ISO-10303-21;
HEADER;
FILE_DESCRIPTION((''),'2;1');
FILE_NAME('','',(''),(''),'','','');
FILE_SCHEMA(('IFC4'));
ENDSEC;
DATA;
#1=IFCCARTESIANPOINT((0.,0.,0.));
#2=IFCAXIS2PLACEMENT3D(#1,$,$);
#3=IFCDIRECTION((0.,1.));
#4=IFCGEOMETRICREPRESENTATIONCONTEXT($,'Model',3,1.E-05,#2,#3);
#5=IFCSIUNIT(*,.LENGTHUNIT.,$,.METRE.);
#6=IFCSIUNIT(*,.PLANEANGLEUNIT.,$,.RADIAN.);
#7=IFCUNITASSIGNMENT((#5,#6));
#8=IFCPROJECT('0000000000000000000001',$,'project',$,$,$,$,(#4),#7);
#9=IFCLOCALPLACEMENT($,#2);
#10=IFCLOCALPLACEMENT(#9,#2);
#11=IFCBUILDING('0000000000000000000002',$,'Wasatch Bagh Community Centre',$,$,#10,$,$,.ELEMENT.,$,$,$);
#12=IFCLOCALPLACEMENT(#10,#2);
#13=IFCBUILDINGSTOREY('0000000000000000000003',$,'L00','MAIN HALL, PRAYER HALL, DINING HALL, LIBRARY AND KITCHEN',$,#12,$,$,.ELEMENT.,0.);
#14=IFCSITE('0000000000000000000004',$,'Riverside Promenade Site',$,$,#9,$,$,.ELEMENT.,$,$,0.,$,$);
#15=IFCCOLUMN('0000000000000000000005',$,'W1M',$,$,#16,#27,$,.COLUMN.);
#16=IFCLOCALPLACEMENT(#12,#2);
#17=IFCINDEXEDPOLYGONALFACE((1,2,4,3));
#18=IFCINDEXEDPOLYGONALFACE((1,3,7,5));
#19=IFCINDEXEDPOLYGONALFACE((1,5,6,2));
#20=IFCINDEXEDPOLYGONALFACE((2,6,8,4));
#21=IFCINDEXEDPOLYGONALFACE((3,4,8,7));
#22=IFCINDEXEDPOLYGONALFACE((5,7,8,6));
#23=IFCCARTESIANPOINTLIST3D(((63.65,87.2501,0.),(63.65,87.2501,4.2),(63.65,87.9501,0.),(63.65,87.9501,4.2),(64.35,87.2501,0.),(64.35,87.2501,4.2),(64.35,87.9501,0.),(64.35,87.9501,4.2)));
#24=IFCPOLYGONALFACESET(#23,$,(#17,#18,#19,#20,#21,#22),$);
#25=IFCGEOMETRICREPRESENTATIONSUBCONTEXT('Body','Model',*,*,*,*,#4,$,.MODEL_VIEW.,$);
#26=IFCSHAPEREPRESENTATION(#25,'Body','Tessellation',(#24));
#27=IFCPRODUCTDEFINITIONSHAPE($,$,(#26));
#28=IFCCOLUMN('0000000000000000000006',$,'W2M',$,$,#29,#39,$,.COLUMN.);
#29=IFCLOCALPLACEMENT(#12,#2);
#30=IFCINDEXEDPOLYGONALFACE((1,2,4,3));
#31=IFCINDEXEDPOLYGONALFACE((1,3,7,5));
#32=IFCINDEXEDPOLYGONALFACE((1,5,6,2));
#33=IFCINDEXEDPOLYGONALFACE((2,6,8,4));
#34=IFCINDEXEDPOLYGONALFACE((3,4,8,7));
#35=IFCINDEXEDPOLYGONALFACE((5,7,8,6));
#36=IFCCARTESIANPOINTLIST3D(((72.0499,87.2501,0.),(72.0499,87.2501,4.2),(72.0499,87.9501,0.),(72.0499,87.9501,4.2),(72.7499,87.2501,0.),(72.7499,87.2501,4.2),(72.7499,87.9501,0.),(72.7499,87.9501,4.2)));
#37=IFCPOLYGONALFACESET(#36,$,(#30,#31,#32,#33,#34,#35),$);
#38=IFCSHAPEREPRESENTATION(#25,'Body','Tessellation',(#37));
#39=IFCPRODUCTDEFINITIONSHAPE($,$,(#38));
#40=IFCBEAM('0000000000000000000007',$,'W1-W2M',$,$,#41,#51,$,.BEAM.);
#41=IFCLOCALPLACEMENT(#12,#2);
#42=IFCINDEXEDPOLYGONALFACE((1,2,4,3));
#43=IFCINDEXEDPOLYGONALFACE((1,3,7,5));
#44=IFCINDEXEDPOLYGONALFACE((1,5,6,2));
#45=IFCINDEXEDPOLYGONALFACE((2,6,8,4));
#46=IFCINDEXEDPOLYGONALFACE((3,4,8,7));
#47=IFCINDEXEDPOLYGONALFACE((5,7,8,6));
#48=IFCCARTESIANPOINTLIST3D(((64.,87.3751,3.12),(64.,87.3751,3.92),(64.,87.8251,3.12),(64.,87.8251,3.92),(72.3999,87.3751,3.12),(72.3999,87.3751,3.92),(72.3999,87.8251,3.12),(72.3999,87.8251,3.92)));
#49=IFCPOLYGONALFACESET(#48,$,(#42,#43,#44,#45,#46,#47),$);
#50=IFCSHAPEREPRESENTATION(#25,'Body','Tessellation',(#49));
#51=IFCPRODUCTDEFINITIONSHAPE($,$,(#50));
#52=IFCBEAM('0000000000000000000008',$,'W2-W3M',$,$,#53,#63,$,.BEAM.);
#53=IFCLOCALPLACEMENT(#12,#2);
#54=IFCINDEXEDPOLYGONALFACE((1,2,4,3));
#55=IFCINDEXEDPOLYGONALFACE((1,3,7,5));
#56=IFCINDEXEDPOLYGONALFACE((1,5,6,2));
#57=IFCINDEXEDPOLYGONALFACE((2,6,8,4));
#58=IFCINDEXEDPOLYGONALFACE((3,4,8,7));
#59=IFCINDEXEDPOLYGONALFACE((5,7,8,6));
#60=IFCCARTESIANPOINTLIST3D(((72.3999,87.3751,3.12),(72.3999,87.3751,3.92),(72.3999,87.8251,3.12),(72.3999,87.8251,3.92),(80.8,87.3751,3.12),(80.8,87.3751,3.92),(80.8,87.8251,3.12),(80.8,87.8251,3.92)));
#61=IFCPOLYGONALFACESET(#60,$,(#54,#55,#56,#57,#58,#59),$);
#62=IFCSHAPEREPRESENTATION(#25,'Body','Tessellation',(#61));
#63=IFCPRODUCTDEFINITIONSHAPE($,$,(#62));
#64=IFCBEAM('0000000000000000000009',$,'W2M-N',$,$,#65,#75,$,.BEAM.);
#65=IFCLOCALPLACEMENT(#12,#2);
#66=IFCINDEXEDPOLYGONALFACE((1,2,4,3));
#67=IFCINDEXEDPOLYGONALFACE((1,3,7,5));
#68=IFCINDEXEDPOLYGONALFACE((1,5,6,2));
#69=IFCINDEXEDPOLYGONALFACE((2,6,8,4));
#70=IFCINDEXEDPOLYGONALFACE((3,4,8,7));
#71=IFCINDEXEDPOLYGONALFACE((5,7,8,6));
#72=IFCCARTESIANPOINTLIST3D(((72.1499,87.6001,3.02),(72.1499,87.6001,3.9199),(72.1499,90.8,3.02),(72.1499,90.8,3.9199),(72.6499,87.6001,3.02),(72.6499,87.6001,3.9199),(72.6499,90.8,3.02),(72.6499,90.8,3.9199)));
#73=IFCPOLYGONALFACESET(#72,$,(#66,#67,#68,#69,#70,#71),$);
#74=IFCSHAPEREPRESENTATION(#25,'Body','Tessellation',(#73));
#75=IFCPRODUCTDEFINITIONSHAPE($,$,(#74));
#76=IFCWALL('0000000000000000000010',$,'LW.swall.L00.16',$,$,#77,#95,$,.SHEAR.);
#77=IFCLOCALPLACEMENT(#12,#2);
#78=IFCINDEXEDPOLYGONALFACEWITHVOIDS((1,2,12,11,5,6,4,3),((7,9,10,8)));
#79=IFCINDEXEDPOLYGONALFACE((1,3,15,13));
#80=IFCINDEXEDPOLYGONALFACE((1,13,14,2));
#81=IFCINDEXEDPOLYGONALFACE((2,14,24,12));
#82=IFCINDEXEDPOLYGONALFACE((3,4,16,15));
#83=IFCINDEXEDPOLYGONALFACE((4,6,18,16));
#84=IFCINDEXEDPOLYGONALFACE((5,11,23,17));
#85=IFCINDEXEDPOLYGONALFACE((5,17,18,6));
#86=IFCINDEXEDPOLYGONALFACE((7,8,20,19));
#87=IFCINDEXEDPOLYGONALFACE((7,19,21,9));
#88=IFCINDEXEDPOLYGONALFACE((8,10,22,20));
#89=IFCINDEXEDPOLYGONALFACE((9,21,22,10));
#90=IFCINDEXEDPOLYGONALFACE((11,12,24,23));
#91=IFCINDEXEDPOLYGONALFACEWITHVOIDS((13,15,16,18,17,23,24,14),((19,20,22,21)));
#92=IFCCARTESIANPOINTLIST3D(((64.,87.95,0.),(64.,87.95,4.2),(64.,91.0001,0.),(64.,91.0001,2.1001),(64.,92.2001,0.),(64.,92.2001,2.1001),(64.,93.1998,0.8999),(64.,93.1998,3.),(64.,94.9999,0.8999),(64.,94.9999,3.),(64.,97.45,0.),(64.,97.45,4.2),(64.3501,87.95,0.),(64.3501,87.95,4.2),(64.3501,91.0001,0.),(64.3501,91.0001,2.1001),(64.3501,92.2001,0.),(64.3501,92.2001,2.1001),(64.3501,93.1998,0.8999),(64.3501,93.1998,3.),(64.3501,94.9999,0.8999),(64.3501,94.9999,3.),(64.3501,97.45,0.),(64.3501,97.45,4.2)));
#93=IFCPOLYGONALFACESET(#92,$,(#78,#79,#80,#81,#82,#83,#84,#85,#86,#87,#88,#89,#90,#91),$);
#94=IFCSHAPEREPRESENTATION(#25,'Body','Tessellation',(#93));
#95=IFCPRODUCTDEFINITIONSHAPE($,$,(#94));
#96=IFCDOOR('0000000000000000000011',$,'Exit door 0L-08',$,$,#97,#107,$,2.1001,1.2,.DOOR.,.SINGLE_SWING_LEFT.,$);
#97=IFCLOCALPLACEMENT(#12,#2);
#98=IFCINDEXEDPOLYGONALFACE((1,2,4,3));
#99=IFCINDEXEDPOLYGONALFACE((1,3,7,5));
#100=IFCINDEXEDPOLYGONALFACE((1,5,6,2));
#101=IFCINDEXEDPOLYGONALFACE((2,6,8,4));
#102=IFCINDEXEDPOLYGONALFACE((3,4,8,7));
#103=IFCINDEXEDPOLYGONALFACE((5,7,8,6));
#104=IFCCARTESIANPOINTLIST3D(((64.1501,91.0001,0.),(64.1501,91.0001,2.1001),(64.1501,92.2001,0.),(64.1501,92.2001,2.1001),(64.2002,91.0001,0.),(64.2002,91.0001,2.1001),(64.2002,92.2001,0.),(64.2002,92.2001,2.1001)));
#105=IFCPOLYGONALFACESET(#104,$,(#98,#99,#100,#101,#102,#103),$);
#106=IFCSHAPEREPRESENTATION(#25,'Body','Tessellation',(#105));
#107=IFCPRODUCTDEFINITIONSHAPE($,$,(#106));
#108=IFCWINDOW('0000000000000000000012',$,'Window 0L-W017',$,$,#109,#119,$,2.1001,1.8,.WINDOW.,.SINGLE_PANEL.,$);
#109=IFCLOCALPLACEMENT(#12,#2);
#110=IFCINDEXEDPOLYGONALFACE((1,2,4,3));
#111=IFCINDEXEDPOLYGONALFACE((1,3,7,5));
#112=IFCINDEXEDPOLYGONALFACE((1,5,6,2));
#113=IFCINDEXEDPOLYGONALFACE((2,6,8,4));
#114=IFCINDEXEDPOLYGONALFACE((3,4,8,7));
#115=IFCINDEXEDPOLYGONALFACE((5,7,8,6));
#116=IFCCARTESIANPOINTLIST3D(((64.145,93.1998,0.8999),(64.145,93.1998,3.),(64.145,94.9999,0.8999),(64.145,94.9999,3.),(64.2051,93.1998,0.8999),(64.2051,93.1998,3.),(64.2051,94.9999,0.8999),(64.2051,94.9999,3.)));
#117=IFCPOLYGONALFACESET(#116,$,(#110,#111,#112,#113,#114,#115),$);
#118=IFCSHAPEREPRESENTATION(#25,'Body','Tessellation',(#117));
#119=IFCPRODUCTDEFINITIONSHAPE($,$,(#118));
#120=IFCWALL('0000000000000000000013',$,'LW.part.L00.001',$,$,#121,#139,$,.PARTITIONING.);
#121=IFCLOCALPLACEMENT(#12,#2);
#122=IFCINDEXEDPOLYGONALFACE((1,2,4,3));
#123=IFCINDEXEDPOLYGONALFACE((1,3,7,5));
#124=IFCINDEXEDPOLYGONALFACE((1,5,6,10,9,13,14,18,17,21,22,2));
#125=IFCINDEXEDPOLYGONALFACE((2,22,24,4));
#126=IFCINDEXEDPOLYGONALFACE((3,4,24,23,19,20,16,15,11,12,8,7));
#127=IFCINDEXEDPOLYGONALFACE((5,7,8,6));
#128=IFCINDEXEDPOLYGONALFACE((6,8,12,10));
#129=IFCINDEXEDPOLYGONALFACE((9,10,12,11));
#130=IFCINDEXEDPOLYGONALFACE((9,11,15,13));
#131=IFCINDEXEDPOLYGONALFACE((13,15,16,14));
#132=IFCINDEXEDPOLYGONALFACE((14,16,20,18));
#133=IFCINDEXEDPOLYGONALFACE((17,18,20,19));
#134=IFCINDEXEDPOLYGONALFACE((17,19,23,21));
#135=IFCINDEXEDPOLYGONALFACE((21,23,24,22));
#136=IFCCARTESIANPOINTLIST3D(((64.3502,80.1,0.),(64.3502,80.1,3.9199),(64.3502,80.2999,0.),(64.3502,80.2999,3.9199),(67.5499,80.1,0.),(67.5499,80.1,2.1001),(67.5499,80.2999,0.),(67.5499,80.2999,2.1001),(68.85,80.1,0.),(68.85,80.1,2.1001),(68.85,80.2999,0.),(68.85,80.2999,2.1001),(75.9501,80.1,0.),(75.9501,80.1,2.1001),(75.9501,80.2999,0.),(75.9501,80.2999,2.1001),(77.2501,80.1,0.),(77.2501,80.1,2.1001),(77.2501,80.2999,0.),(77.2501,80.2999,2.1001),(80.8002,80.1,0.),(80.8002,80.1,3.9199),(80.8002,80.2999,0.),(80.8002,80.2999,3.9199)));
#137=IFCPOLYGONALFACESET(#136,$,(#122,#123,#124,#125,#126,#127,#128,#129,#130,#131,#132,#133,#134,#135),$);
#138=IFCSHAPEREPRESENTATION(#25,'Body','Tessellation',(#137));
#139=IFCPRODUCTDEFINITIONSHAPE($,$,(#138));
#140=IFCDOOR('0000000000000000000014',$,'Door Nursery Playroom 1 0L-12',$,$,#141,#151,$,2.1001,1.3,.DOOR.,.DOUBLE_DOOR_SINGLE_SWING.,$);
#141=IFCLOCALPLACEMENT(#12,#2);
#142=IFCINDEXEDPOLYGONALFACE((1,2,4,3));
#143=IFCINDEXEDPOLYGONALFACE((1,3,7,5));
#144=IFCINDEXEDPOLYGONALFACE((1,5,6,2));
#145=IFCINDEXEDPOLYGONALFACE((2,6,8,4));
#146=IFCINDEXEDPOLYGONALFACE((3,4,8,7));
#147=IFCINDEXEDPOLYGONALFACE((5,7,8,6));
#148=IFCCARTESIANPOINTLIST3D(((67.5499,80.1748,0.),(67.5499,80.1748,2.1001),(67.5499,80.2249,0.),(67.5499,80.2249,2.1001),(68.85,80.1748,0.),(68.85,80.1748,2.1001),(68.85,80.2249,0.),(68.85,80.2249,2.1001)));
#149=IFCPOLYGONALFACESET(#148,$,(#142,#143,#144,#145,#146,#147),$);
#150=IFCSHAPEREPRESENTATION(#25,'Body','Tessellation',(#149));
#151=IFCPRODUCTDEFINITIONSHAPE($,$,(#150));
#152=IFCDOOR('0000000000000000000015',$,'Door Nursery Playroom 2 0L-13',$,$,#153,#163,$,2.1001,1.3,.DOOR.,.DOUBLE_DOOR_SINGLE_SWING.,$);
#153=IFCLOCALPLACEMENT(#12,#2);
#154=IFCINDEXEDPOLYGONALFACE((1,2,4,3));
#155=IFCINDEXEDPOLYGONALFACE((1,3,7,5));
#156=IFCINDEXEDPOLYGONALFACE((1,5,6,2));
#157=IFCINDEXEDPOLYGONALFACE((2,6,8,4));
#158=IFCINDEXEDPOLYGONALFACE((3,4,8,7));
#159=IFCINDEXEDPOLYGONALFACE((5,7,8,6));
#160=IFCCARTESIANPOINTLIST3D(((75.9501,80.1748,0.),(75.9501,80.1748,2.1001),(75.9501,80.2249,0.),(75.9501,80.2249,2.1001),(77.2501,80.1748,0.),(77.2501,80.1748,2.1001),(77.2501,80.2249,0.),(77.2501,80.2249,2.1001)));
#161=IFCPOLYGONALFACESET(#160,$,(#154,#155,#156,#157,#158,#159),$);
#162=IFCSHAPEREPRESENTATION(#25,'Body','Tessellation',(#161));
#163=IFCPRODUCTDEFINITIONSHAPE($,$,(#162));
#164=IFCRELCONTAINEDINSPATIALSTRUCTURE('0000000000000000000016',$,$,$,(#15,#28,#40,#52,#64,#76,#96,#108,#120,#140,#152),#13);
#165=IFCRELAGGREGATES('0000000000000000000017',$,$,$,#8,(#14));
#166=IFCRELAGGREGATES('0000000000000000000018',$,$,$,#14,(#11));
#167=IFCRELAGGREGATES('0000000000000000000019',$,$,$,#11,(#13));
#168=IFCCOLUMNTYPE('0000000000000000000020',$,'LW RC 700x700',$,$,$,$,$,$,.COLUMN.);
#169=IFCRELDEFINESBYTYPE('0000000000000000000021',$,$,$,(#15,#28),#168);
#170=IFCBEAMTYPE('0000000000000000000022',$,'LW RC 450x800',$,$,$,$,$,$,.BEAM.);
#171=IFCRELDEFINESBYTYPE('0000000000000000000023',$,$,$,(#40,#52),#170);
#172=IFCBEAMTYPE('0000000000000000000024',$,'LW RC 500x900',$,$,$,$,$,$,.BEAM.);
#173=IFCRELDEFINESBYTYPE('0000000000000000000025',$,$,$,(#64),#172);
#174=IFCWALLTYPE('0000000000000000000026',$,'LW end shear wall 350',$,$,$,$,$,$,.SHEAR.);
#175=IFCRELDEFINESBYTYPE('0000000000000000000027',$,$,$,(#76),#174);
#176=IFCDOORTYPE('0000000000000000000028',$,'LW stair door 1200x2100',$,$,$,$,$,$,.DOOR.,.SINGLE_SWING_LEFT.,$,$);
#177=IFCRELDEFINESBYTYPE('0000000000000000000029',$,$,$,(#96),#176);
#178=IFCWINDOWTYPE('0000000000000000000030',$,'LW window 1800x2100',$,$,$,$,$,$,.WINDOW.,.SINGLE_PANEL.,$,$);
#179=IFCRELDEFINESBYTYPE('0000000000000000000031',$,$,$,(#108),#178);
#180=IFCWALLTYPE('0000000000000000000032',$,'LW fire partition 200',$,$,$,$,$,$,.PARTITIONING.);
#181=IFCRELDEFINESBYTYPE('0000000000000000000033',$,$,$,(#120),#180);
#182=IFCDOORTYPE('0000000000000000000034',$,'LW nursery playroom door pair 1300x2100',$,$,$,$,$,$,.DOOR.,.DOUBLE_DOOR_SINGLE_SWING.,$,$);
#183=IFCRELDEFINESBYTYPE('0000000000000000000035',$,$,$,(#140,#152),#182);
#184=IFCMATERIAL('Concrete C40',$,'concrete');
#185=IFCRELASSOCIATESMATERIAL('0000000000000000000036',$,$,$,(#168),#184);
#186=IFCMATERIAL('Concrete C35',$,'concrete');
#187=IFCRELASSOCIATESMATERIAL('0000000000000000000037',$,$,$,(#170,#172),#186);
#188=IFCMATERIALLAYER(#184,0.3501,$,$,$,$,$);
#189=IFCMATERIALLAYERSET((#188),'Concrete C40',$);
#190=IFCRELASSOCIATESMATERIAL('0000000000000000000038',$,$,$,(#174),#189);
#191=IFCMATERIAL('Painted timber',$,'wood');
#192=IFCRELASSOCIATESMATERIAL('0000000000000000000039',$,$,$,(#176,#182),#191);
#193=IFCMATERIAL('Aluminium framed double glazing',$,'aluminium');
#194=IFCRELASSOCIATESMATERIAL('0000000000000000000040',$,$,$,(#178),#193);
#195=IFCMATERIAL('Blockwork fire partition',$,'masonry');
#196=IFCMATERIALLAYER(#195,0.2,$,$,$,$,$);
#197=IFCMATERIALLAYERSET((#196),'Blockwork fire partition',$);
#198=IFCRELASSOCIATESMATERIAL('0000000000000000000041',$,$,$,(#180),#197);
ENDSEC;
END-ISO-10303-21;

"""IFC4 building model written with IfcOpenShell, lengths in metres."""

from ifc_helpers import new_model, si_unit, direction, frame, frame_2d, origin, origin_2d, place, context, subcontext, project, spatial, rectangle, extrude, material, layer, layer_set, material_profile, profile_set, type_object, element, fill, save


model = new_model("IFC4")

# Units and contexts
model_context = context("Model", 3, precision=1e-05, world=origin(), true_north=direction((0.0, 1.0)))
body_context = subcontext(model_context, "Body", "Model", "MODEL_VIEW")
ifc_project = project(units=[si_unit("LENGTHUNIT", "METRE"), si_unit("PLANEANGLEUNIT", "RADIAN")], contexts=[model_context])

# Site, building, storey
site_placement = place(None, origin())
site = spatial("IfcSite", under=ifc_project, at=site_placement, Name="Riverside Promenade Site", CompositionType="ELEMENT", RefElevation=0.0)
building_placement = place(site_placement, origin())
building = spatial("IfcBuilding", under=site, at=building_placement, Name="Wasatch Bagh Community Centre", CompositionType="ELEMENT")
storey_placement = place(building_placement, origin())
storey = spatial("IfcBuildingStorey", under=building, at=storey_placement, Name="L00", Description="MAIN HALL, PRAYER HALL, DINING HALL, LIBRARY AND KITCHEN", CompositionType="ELEMENT", Elevation=0.0)

# Shared definitions
ifc_material_1 = material(Name="Concrete C35", Category="concrete")

# Columns
ifc_material_2 = material(Name="Concrete C40", Category="concrete")
ifc_material_profile_1 = material_profile(ifc_material_2, rectangle(XDim=0.7, YDim=0.7, at=origin_2d()), Name="RC 700x700")
ifc_profile_set_1 = profile_set([ifc_material_profile_1], Name="Concrete C40")
column_type = type_object("IfcColumnType", Name="LW RC 700x700", PredefinedType="COLUMN", material=ifc_profile_set_1)
for number, where, z_axis, x_axis, name in (
    (1, (64.0, 87.6001, 0.0), (0.0, 0.0, 1.0), (1.0, 0.0, 0.0), "W1M"),
    (2, (72.3999, 87.6001, 0.0), (0.0, 0.0, 1.0), (1.0, 0.0, 0.0), "W2M"),
):
    element("IfcColumn", number, at=place(storey_placement, frame(where, z_axis=z_axis, x_axis=x_axis)), inside=storey, type_object=column_type, Name=name, PredefinedType="COLUMN", context=body_context, shape_type="SweptSolid", body=[
        extrude(rectangle(XDim=0.7, YDim=0.7, at=origin_2d()), origin(), (0.0, 0.0, 1.0), 4.2),
    ])

# Beams
ifc_material_profile_2 = material_profile(ifc_material_1, rectangle(XDim=0.45, YDim=0.8, at=origin_2d()), Name="RC 450x800")
ifc_profile_set_2 = profile_set([ifc_material_profile_2], Name="Concrete C35")
beam_type_1 = type_object("IfcBeamType", Name="LW RC 450x800", PredefinedType="BEAM", material=ifc_profile_set_2)
beam_1_placement = place(storey_placement, frame((64.0, 87.6001, 3.52), z_axis=(1.0, 0.0, 0.0), x_axis=(0.0, 1.0, 0.0)))
element("IfcBeam", 3, at=beam_1_placement, inside=storey, type_object=beam_type_1, Name="W1-W2M", PredefinedType="BEAM", context=body_context, shape_type="SweptSolid", body=[
    extrude(rectangle(XDim=0.45, YDim=0.8, at=origin_2d()), origin(), (0.0, 0.0, 1.0), 8.3999),
])
beam_2_placement = place(storey_placement, frame((72.3999, 87.6001, 3.52), z_axis=(1.0, 0.0, 0.0), x_axis=(0.0, 1.0, 0.0)))
element("IfcBeam", 4, at=beam_2_placement, inside=storey, type_object=beam_type_1, Name="W2-W3M", PredefinedType="BEAM", context=body_context, shape_type="SweptSolid", body=[
    extrude(rectangle(XDim=0.45, YDim=0.8, at=origin_2d()), origin(), (0.0, 0.0, 1.0), 8.4001),
])
ifc_material_profile_3 = material_profile(ifc_material_1, rectangle(XDim=0.5, YDim=0.8999, at=origin_2d()), Name="RC 500x900")
ifc_profile_set_3 = profile_set([ifc_material_profile_3], Name="Concrete C35")
beam_type_2 = type_object("IfcBeamType", Name="LW RC 500x900", PredefinedType="BEAM", material=ifc_profile_set_3)
beam_3_placement = place(storey_placement, frame((72.3999, 87.6001, 3.47), z_axis=(0.0, 1.0, 0.0), x_axis=(-1.0, 0.0, 0.0)))
element("IfcBeam", 5, at=beam_3_placement, inside=storey, type_object=beam_type_2, Name="W2M-N", PredefinedType="BEAM", context=body_context, shape_type="SweptSolid", body=[
    extrude(rectangle(XDim=0.5, YDim=0.8999, at=origin_2d()), origin(), (0.0, 0.0, 1.0), 3.2),
])

# Wall, openings, door, window
ifc_layer_1 = layer(ifc_material_2, 0.3501)
ifc_layer_set_1 = layer_set([ifc_layer_1], Name="Concrete C40")
wall_type_1 = type_object("IfcWallType", Name="LW end shear wall 350", PredefinedType="SHEAR", material=ifc_layer_set_1)
wall_1_placement = place(storey_placement, frame((64.175, 87.95, 0.0), z_axis=(0.0, 0.0, 1.0), x_axis=(0.0, 1.0, 0.0)))
wall_1 = element("IfcWall", 6, at=wall_1_placement, inside=storey, type_object=wall_type_1, Name="LW.swall.L00.16", PredefinedType="SHEAR", context=body_context, shape_type="SweptSolid", body=[
    extrude(rectangle(XDim=9.5, YDim=0.3501, at=frame_2d((4.75, 0.0))), origin(), (0.0, 0.0, 1.0), 4.2),
])
opening_1_placement = place(wall_1_placement, frame((3.05, 0.0, 0.0)))
opening_1 = element("IfcOpeningElement", 7, at=opening_1_placement, cuts=wall_1, PredefinedType="OPENING", context=body_context, shape_type="SweptSolid", body=[
    extrude(rectangle(XDim=1.2, YDim=2.1001, at=frame_2d((0.6001, 1.05))), frame((0.0, 0.1851, 0.0), z_axis=(0.0, -1.0, 0.0), x_axis=(1.0, 0.0, 0.0)), (0.0, 0.0, 1.0), 0.3701),
])
opening_2_placement = place(wall_1_placement, frame((5.25, 0.0, 0.8999)))
opening_2 = element("IfcOpeningElement", 8, at=opening_2_placement, cuts=wall_1, PredefinedType="OPENING", context=body_context, shape_type="SweptSolid", body=[
    extrude(rectangle(XDim=1.8, YDim=2.1001, at=frame_2d((0.8999, 1.05))), frame((0.0, 0.1851, 0.0), z_axis=(0.0, -1.0, 0.0), x_axis=(1.0, 0.0, 0.0)), (0.0, 0.0, 1.0), 0.3701),
])
ifc_material_3 = material(Name="Painted timber", Category="wood")
door_type_1 = type_object("IfcDoorType", Name="LW stair door 1200x2100", OperationType="SINGLE_SWING_LEFT", PredefinedType="DOOR", material=ifc_material_3)
door_1_placement = place(opening_1_placement, origin())
door_1 = element("IfcDoor", 9, at=door_1_placement, inside=storey, type_object=door_type_1, Name="Exit door 0L-08", OperationType="SINGLE_SWING_LEFT", OverallHeight=2.1001, OverallWidth=1.2, PredefinedType="DOOR", context=body_context, shape_type="SweptSolid", body=[
    extrude(rectangle(XDim=1.2, YDim=2.1001, at=frame_2d((0.6001, 1.05))), frame((0.0, 0.0249, 0.0), z_axis=(0.0, -1.0, 0.0), x_axis=(1.0, 0.0, 0.0)), (0.0, 0.0, 1.0), 0.05),
])
fill(opening_1, door_1)
ifc_material_4 = material(Name="Aluminium framed double glazing", Category="aluminium")
window_type = type_object("IfcWindowType", Name="LW window 1800x2100", PartitioningType="SINGLE_PANEL", PredefinedType="WINDOW", material=ifc_material_4)
window_placement = place(opening_2_placement, origin())
window = element("IfcWindow", 10, at=window_placement, inside=storey, type_object=window_type, Name="Window 0L-W017", OverallHeight=2.1001, OverallWidth=1.8, PartitioningType="SINGLE_PANEL", PredefinedType="WINDOW", context=body_context, shape_type="SweptSolid", body=[
    extrude(rectangle(XDim=1.8, YDim=2.1001, at=frame_2d((0.8999, 1.05))), frame((0.0, 0.03, 0.0), z_axis=(0.0, -1.0, 0.0), x_axis=(1.0, 0.0, 0.0)), (0.0, 0.0, 1.0), 0.0601),
])
fill(opening_2, window)

# Wall, openings, doors
ifc_material_5 = material(Name="Blockwork fire partition", Category="masonry")
ifc_layer_2 = layer(ifc_material_5, 0.2)
ifc_layer_set_2 = layer_set([ifc_layer_2], Name="Blockwork fire partition")
wall_type_2 = type_object("IfcWallType", Name="LW fire partition 200", PredefinedType="PARTITIONING", material=ifc_layer_set_2)
wall_2_placement = place(storey_placement, frame((64.3501, 80.2, 0.0), z_axis=(0.0, 0.0, 1.0), x_axis=(1.0, 0.0, 0.0)))
wall_2 = element("IfcWall", 11, at=wall_2_placement, inside=storey, type_object=wall_type_2, Name="LW.part.L00.001", PredefinedType="PARTITIONING", context=body_context, shape_type="SweptSolid", body=[
    extrude(rectangle(XDim=16.45, YDim=0.2, at=frame_2d((8.2251, 0.0))), origin(), (0.0, 0.0, 1.0), 3.9199),
])
opening_3_placement = place(wall_2_placement, frame((3.2, 0.0, 0.0)))
opening_3 = element("IfcOpeningElement", 12, at=opening_3_placement, cuts=wall_2, PredefinedType="OPENING", context=body_context, shape_type="SweptSolid", body=[
    extrude(rectangle(XDim=1.3, YDim=2.1001, at=frame_2d((0.6499, 1.05))), frame((0.0, 0.1099, 0.0), z_axis=(0.0, -1.0, 0.0), x_axis=(1.0, 0.0, 0.0)), (0.0, 0.0, 1.0), 0.22),
])
opening_4_placement = place(wall_2_placement, frame((11.6001, 0.0, 0.0)))
opening_4 = element("IfcOpeningElement", 13, at=opening_4_placement, cuts=wall_2, PredefinedType="OPENING", context=body_context, shape_type="SweptSolid", body=[
    extrude(rectangle(XDim=1.3, YDim=2.1001, at=frame_2d((0.6499, 1.05))), frame((0.0, 0.1099, 0.0), z_axis=(0.0, -1.0, 0.0), x_axis=(1.0, 0.0, 0.0)), (0.0, 0.0, 1.0), 0.22),
])
door_type_2 = type_object("IfcDoorType", Name="LW nursery playroom door pair 1300x2100", OperationType="DOUBLE_DOOR_SINGLE_SWING", PredefinedType="DOOR", material=ifc_material_3)
door_2_placement = place(opening_3_placement, origin())
door_2 = element("IfcDoor", 14, at=door_2_placement, inside=storey, type_object=door_type_2, Name="Door Nursery Playroom 1 0L-12", OperationType="DOUBLE_DOOR_SINGLE_SWING", OverallHeight=2.1001, OverallWidth=1.3, PredefinedType="DOOR", context=body_context, shape_type="SweptSolid", body=[
    extrude(rectangle(XDim=1.3, YDim=2.1001, at=frame_2d((0.6499, 1.05))), frame((0.0, 0.0249, 0.0), z_axis=(0.0, -1.0, 0.0), x_axis=(1.0, 0.0, 0.0)), (0.0, 0.0, 1.0), 0.05),
])
fill(opening_3, door_2)
door_3_placement = place(opening_4_placement, origin())
door_3 = element("IfcDoor", 15, at=door_3_placement, inside=storey, type_object=door_type_2, Name="Door Nursery Playroom 2 0L-13", OperationType="DOUBLE_DOOR_SINGLE_SWING", OverallHeight=2.1001, OverallWidth=1.3, PredefinedType="DOOR", context=body_context, shape_type="SweptSolid", body=[
    extrude(rectangle(XDim=1.3, YDim=2.1001, at=frame_2d((0.6499, 1.05))), frame((0.0, 0.0249, 0.0), z_axis=(0.0, -1.0, 0.0), x_axis=(1.0, 0.0, 0.0)), (0.0, 0.0, 1.0), 0.05),
])
fill(opening_4, door_3)

save(model, "model.ifc")
